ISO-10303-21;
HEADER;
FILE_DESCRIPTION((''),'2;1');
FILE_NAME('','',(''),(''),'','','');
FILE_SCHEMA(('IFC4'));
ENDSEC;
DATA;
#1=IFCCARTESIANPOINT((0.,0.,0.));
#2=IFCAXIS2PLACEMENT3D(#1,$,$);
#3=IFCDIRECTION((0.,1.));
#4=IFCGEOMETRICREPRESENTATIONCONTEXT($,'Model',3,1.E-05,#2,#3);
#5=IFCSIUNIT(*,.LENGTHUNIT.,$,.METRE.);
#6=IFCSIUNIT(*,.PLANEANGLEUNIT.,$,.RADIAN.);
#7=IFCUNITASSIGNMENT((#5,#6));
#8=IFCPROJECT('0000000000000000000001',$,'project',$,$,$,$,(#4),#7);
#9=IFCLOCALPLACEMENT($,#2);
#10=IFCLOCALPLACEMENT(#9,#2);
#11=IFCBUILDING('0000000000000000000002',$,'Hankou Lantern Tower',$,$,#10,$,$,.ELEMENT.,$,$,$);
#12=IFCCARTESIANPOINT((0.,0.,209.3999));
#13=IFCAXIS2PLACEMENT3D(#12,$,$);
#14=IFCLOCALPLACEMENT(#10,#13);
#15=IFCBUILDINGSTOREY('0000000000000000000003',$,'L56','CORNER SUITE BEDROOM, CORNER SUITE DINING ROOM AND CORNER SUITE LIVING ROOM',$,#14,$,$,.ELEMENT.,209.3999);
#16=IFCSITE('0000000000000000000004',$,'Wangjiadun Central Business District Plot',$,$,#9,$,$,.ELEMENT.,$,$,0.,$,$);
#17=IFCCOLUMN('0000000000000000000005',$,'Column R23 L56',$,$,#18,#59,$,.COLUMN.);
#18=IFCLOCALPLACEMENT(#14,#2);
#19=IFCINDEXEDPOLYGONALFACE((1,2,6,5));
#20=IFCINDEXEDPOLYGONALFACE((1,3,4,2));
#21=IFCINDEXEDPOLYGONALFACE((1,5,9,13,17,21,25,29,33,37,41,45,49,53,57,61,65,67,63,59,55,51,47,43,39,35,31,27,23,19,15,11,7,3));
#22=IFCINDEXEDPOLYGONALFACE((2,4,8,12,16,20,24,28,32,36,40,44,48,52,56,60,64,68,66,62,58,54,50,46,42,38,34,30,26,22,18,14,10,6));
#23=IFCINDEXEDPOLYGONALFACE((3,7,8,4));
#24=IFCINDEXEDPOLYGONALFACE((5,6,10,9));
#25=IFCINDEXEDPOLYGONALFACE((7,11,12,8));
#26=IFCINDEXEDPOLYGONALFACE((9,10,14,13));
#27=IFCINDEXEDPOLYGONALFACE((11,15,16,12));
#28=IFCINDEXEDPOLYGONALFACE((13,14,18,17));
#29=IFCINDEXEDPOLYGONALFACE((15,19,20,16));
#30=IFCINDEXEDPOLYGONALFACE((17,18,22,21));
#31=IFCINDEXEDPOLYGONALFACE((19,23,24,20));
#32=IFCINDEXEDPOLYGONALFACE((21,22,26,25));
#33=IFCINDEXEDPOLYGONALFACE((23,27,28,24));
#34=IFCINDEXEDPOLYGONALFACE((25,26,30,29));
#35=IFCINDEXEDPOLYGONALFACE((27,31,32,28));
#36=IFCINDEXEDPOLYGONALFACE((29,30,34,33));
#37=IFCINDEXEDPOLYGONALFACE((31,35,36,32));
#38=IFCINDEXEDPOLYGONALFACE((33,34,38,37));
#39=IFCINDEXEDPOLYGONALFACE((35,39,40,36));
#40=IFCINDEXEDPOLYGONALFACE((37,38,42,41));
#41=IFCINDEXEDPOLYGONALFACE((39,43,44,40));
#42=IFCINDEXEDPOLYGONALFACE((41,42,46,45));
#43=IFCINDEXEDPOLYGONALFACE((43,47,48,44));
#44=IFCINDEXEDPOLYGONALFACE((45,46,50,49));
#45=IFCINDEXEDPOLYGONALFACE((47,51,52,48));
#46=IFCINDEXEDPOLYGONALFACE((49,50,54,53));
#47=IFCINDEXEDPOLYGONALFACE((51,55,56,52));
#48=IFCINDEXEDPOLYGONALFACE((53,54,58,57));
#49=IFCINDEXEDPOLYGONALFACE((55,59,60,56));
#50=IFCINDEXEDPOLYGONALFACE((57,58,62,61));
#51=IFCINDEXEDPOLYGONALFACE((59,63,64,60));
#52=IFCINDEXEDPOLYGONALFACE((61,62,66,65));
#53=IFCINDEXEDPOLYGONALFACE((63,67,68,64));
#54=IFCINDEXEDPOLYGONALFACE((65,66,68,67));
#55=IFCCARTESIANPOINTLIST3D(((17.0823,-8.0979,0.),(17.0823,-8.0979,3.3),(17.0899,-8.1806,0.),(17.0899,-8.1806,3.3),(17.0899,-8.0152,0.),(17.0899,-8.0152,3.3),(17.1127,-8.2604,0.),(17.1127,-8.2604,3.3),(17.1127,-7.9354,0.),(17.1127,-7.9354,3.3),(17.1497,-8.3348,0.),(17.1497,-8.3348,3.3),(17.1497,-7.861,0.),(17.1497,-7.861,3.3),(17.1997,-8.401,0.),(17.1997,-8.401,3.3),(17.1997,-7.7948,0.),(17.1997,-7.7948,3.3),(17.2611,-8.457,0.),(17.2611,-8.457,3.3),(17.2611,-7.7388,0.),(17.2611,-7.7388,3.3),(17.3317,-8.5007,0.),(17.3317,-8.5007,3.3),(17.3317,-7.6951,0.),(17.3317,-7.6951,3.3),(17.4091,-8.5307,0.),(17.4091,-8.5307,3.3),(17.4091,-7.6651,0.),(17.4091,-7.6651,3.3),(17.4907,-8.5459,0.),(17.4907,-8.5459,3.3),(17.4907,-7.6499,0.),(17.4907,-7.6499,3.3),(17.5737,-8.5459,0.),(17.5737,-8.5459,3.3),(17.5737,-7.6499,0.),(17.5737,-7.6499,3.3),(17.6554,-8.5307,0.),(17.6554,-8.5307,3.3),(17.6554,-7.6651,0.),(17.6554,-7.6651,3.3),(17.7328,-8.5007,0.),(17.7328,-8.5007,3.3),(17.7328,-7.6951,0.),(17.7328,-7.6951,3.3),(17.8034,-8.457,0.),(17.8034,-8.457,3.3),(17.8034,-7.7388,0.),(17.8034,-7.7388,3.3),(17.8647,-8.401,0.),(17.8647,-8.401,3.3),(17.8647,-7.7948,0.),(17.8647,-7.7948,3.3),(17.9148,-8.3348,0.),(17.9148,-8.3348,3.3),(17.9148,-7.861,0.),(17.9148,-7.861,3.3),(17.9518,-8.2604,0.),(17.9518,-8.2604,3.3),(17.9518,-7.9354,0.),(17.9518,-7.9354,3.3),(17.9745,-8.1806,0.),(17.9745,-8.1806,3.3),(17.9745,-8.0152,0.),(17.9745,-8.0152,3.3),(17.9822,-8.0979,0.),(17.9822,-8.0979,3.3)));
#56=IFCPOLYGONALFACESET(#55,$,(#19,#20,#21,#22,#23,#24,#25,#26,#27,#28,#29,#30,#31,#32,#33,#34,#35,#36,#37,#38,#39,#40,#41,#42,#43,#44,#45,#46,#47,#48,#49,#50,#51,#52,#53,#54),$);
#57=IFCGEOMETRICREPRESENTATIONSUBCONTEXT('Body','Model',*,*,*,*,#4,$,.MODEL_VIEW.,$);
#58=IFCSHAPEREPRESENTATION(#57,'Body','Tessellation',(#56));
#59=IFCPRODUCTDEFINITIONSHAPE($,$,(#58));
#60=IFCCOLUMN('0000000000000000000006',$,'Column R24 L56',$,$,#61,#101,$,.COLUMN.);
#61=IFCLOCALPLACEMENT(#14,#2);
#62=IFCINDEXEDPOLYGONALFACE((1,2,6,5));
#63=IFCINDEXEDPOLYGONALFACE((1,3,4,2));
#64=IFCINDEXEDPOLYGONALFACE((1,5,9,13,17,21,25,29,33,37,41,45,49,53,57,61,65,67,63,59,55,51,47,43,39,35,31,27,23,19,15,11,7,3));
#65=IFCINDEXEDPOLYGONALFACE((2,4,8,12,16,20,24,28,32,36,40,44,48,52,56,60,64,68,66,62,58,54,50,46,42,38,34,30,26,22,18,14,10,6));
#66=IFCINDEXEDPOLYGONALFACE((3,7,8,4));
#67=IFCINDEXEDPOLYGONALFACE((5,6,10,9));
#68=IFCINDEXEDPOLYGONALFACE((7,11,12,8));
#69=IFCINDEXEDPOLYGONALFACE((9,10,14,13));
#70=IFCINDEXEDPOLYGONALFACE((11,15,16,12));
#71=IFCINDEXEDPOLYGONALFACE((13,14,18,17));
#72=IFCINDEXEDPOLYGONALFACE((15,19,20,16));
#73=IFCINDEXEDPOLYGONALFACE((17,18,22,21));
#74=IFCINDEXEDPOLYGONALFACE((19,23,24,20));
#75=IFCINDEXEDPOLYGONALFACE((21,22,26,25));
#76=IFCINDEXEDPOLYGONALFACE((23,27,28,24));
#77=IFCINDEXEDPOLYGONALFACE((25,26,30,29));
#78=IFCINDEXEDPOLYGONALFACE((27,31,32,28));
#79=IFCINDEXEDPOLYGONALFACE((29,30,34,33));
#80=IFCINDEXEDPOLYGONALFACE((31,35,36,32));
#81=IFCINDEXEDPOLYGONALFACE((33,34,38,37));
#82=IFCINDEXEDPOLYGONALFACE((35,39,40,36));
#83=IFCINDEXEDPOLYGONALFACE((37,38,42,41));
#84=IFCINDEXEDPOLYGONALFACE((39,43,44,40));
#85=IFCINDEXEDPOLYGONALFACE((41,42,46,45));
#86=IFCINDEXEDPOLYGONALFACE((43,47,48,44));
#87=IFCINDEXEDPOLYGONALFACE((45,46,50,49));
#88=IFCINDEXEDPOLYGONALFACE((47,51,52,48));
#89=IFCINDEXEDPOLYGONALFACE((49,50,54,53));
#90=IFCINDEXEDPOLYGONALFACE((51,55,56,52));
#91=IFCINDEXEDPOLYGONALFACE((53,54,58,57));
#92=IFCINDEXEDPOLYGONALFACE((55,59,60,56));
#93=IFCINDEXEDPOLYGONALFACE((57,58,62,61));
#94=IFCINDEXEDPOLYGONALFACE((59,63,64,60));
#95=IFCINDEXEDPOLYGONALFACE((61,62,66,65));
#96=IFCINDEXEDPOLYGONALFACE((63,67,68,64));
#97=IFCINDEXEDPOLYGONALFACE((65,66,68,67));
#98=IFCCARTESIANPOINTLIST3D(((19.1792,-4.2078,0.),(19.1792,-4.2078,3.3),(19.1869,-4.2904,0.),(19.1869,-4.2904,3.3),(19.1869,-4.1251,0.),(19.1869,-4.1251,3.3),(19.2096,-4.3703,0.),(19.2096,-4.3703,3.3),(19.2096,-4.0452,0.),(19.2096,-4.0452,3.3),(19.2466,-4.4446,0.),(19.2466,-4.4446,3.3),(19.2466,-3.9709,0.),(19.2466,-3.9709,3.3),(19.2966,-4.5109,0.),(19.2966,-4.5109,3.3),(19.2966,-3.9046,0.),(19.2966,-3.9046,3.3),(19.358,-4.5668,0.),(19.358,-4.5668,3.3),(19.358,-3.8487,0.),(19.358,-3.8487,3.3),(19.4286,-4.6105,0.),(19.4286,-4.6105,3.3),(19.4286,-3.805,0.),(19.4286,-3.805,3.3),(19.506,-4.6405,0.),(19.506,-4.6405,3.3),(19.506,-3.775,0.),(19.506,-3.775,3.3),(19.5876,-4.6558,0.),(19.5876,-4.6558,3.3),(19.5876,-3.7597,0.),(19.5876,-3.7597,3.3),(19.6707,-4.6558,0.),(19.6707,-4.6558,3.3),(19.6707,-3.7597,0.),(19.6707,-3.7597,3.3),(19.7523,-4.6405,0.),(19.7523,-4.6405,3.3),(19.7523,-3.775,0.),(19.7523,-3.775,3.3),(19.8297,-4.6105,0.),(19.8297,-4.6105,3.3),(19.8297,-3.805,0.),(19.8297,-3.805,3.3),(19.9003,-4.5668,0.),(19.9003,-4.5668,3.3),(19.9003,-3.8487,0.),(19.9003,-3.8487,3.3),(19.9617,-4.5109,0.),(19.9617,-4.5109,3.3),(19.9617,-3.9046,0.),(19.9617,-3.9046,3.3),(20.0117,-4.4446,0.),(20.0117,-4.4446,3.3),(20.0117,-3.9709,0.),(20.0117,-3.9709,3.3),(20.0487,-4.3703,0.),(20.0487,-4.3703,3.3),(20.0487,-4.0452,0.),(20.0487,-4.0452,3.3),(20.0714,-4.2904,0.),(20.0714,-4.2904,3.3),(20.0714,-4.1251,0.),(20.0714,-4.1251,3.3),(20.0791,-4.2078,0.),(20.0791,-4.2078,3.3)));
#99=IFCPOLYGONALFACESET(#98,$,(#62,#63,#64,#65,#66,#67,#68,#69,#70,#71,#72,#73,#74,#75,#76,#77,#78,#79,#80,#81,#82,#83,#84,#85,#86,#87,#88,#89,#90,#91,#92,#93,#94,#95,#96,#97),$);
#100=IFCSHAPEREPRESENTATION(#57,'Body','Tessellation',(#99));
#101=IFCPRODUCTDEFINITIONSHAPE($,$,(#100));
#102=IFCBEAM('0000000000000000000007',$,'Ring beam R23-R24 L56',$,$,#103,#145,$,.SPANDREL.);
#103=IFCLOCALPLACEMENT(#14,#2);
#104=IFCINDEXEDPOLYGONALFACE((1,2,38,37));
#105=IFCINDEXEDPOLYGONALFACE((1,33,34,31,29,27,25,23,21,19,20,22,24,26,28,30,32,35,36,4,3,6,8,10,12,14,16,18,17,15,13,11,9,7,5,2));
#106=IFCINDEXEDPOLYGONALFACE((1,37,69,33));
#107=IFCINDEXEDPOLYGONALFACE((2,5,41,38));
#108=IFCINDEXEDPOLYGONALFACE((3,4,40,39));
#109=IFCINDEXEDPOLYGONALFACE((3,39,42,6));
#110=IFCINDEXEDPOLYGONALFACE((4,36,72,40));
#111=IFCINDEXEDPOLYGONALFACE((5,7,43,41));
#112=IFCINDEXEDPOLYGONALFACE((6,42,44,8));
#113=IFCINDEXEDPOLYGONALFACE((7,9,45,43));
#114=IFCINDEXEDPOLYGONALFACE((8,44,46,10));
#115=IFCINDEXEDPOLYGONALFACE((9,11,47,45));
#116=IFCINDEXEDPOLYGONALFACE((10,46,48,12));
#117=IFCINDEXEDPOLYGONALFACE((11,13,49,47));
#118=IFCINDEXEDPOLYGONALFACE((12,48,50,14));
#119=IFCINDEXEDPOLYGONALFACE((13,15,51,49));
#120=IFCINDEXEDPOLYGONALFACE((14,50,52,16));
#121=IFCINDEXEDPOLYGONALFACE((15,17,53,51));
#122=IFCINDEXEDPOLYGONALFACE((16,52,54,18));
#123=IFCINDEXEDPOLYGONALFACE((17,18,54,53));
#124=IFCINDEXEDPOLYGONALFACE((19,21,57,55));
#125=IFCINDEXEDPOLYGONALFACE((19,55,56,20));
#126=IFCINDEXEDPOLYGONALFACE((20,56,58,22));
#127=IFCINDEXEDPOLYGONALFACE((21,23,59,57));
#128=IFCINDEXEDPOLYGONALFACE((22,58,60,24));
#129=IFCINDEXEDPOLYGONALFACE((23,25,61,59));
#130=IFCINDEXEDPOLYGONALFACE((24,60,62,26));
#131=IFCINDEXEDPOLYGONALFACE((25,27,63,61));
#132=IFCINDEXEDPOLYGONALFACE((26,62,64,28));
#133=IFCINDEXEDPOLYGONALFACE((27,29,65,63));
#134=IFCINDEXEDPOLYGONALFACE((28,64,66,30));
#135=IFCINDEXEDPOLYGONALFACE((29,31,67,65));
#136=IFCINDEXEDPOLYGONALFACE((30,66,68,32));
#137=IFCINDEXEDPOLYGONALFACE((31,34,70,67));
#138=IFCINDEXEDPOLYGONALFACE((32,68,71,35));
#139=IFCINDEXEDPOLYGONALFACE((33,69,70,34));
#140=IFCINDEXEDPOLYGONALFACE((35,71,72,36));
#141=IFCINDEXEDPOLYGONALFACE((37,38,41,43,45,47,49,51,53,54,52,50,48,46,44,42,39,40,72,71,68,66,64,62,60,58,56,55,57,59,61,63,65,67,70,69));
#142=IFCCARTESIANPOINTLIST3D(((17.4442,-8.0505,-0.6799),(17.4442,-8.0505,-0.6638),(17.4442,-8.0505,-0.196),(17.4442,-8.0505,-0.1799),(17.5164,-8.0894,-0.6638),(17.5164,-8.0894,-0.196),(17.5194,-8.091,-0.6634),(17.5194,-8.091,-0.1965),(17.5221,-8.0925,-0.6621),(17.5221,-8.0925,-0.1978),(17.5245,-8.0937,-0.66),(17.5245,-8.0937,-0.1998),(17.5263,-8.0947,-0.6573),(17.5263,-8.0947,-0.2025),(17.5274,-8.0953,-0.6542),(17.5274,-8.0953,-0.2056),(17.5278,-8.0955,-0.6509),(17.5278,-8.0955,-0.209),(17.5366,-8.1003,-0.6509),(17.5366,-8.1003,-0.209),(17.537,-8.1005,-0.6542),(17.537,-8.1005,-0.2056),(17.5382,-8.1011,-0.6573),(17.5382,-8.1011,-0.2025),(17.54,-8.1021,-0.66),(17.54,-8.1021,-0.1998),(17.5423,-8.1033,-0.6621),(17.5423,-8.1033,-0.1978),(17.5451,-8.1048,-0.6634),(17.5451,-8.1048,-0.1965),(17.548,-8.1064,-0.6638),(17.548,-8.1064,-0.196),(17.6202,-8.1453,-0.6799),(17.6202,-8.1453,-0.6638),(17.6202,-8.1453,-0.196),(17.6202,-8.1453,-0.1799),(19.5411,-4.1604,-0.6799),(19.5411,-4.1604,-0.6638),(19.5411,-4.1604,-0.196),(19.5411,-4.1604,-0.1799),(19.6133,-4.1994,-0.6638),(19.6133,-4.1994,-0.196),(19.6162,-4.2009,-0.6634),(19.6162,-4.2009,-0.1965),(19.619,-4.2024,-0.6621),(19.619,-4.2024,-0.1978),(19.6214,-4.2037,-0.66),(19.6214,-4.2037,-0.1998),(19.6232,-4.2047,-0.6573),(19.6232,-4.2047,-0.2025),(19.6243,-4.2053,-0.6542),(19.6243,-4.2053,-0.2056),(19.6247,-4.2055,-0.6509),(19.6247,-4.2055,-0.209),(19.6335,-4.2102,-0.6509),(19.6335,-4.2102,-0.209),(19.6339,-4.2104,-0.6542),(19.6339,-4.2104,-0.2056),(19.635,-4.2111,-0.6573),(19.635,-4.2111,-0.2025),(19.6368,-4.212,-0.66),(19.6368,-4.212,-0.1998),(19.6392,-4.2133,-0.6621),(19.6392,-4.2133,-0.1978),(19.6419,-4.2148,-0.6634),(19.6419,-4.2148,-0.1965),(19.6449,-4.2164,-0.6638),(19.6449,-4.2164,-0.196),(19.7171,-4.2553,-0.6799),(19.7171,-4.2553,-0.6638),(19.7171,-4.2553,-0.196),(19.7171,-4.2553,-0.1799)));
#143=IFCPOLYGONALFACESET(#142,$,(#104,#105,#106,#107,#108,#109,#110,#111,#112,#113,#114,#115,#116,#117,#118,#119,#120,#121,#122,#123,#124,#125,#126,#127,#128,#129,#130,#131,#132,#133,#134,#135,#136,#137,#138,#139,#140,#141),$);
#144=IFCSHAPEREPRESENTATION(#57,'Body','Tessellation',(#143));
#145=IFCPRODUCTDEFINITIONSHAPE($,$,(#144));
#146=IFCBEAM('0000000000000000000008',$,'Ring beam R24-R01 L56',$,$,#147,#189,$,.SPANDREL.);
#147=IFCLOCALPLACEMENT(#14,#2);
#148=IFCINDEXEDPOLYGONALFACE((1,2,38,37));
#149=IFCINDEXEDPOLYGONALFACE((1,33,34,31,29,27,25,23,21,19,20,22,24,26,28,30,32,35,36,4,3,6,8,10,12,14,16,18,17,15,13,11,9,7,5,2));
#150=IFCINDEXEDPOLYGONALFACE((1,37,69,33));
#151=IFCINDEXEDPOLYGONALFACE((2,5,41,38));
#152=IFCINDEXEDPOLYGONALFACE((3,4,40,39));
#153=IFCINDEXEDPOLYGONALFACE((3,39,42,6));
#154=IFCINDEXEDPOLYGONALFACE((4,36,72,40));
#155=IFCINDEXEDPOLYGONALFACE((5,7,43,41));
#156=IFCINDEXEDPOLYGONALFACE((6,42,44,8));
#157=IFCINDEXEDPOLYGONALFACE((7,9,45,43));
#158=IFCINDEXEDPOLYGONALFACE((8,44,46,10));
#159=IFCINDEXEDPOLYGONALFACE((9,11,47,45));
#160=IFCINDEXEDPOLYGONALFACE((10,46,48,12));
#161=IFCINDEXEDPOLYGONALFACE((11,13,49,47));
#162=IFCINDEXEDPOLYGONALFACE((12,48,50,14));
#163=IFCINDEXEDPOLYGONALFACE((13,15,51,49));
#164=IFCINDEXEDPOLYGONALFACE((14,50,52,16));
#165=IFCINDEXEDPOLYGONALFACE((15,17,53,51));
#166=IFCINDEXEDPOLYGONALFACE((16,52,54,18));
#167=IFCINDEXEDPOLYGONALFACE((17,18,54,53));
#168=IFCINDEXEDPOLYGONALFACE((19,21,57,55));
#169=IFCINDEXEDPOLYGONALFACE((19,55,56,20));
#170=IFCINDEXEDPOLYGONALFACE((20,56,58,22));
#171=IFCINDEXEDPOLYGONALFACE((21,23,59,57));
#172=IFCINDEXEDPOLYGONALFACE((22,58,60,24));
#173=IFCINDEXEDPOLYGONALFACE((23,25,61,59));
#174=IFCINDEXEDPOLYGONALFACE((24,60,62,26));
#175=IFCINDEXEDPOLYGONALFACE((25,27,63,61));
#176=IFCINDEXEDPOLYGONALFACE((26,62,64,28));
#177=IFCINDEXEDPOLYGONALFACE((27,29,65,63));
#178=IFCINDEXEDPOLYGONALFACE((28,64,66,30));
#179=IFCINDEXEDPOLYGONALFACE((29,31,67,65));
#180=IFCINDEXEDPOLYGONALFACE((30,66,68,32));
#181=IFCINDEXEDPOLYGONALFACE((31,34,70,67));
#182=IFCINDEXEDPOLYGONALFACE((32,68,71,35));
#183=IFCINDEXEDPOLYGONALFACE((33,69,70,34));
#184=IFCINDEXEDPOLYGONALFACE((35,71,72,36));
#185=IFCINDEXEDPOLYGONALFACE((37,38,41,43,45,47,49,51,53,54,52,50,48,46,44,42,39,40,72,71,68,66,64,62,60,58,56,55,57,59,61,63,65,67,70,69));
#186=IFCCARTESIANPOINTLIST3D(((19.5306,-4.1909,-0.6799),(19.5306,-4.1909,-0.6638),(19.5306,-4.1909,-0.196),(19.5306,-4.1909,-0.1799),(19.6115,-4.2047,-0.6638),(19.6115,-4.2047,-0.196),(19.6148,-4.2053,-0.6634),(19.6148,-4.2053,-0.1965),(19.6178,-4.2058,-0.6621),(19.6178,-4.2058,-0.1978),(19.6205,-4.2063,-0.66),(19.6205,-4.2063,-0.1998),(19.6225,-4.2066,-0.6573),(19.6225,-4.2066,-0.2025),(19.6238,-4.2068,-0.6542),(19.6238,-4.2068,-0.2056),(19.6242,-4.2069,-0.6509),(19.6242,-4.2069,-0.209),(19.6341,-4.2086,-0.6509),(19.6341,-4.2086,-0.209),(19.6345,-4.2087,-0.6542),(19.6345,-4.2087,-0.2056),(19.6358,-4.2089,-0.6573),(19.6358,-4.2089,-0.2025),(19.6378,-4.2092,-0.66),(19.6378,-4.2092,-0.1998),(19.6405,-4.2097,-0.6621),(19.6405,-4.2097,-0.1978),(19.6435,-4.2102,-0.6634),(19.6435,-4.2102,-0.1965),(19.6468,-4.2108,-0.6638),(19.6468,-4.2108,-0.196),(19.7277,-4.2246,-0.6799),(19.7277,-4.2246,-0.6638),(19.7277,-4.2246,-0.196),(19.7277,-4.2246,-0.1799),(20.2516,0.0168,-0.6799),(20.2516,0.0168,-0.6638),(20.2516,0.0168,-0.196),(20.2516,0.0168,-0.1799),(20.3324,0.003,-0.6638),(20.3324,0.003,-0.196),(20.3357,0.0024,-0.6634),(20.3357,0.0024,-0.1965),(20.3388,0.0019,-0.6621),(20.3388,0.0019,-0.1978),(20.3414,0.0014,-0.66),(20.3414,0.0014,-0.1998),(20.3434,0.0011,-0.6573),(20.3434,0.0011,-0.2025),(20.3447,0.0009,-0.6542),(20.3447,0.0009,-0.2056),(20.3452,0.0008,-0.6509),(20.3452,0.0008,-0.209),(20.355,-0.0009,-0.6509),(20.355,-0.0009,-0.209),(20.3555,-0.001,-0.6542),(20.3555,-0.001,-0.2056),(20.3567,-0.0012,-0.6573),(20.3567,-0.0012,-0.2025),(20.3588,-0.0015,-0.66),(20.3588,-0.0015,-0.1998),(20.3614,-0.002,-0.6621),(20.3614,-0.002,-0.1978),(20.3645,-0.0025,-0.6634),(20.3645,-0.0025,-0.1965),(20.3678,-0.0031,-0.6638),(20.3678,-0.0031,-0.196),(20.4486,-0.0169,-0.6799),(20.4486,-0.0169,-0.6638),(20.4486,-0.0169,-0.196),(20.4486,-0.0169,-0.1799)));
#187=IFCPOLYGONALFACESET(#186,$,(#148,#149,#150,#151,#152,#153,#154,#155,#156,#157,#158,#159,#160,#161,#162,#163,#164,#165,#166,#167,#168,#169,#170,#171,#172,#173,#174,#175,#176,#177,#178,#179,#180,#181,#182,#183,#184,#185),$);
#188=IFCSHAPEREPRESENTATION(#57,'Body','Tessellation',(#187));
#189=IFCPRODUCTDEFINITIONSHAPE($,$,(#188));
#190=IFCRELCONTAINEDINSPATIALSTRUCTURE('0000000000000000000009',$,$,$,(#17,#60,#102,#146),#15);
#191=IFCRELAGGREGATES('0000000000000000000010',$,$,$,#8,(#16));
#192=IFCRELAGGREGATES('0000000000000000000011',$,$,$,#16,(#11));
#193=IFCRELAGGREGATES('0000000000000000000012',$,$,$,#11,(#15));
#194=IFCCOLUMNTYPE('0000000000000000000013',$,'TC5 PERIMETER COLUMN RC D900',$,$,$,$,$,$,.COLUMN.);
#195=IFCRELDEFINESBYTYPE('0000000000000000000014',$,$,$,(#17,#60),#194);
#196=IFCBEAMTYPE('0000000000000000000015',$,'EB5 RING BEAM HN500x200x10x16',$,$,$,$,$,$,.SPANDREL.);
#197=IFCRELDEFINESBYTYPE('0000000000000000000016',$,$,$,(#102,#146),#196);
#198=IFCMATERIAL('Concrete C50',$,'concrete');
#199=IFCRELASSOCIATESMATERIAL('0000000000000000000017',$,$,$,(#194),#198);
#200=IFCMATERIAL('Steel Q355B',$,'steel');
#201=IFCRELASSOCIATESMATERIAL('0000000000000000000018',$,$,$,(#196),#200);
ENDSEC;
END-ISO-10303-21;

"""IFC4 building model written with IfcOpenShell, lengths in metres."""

from ifc_helpers import new_model, si_unit, direction, frame, origin, origin_2d, place, context, subcontext, project, spatial, circle, i_section, extrude, material, material_profile, profile_set, type_object, element, save


model = new_model("IFC4")

# Units and contexts
model_context = context("Model", 3, precision=1e-05, world=origin(), true_north=direction((0.0, 1.0)))
body_context = subcontext(model_context, "Body", "Model", "MODEL_VIEW")
ifc_project = project(units=[si_unit("LENGTHUNIT", "METRE"), si_unit("PLANEANGLEUNIT", "RADIAN")], contexts=[model_context])

# Site, building, storey
site_placement = place(None, origin())
site = spatial("IfcSite", under=ifc_project, at=site_placement, Name="Wangjiadun Central Business District Plot", CompositionType="ELEMENT", RefElevation=0.0)
building_placement = place(site_placement, origin())
building = spatial("IfcBuilding", under=site, at=building_placement, Name="Hankou Lantern Tower", CompositionType="ELEMENT")
storey_placement = place(building_placement, frame((0.0, 0.0, 209.3999)))
storey = spatial("IfcBuildingStorey", under=building, at=storey_placement, Name="L56", Description="CORNER SUITE BEDROOM, CORNER SUITE DINING ROOM AND CORNER SUITE LIVING ROOM", CompositionType="ELEMENT", Elevation=209.3999)

# Columns
ifc_material_1 = material(Name="Concrete C50", Category="concrete")
ifc_material_profile_1 = material_profile(ifc_material_1, circle(Radius=0.45, at=origin_2d()), Name="RC D900")
ifc_profile_set_1 = profile_set([ifc_material_profile_1], Name="Concrete C50")
column_type = type_object("IfcColumnType", Name="TC5 PERIMETER COLUMN RC D900", PredefinedType="COLUMN", material=ifc_profile_set_1)
for number, where, z_axis, x_axis, name in (
    (1, (17.5322, -8.0979, 0.0), (0.0, 0.0, 1.0), (1.0, 0.0, 0.0), "Column R23 L56"),
    (2, (19.6292, -4.2078, 0.0), (0.0, 0.0, 1.0), (1.0, 0.0, 0.0), "Column R24 L56"),
):
    element("IfcColumn", number, at=place(storey_placement, frame(where, z_axis=z_axis, x_axis=x_axis)), inside=storey, type_object=column_type, Name=name, PredefinedType="COLUMN", context=body_context, shape_type="SweptSolid", body=[
        extrude(circle(Radius=0.45, at=origin_2d()), origin(), (0.0, 0.0, 1.0), 3.3),
    ])

# Beams
ifc_material_2 = material(Name="Steel Q355B", Category="steel")
ifc_material_profile_2 = material_profile(ifc_material_2, i_section(OverallWidth=0.2, OverallDepth=0.5, WebThickness=0.01, FlangeThickness=0.0161, FilletRadius=0.0129, at=origin_2d()), Name="HN500x200x10x16")
ifc_profile_set_2 = profile_set([ifc_material_profile_2], Name="Steel Q355B")
beam_type_1 = type_object("IfcBeamType", Name="EB5 RING BEAM HN500x200x10x16", PredefinedType="SPANDREL", material=ifc_profile_set_2)
beam_1_placement = place(storey_placement, frame((17.5322, -8.0979, -0.4299), z_axis=(0.474492, 0.88026, 0.0), x_axis=(-0.88026, 0.474492, 0.0)))
element("IfcBeam", 3, at=beam_1_placement, inside=storey, type_object=beam_type_1, Name="Ring beam R23-R24 L56", PredefinedType="SPANDREL", context=body_context, shape_type="SweptSolid", body=[
    extrude(i_section(OverallWidth=0.2, OverallDepth=0.5, WebThickness=0.01, FlangeThickness=0.0161, FilletRadius=0.0129, at=origin_2d()), origin(), (0.0, 0.0, 1.0), 4.4192),
])
beam_2_placement = place(storey_placement, frame((19.6292, -4.2078, -0.4299), z_axis=(0.168877, 0.985637, 0.0), x_axis=(-0.985637, 0.168877, 0.0)))
element("IfcBeam", 4, at=beam_2_placement, inside=storey, type_object=beam_type_1, Name="Ring beam R24-R01 L56", PredefinedType="SPANDREL", context=body_context, shape_type="SweptSolid", body=[
    extrude(i_section(OverallWidth=0.2, OverallDepth=0.5, WebThickness=0.01, FlangeThickness=0.0161, FilletRadius=0.0129, at=origin_2d()), origin(), (0.0, 0.0, 1.0), 4.269),
])

save(model, "model.ifc")
